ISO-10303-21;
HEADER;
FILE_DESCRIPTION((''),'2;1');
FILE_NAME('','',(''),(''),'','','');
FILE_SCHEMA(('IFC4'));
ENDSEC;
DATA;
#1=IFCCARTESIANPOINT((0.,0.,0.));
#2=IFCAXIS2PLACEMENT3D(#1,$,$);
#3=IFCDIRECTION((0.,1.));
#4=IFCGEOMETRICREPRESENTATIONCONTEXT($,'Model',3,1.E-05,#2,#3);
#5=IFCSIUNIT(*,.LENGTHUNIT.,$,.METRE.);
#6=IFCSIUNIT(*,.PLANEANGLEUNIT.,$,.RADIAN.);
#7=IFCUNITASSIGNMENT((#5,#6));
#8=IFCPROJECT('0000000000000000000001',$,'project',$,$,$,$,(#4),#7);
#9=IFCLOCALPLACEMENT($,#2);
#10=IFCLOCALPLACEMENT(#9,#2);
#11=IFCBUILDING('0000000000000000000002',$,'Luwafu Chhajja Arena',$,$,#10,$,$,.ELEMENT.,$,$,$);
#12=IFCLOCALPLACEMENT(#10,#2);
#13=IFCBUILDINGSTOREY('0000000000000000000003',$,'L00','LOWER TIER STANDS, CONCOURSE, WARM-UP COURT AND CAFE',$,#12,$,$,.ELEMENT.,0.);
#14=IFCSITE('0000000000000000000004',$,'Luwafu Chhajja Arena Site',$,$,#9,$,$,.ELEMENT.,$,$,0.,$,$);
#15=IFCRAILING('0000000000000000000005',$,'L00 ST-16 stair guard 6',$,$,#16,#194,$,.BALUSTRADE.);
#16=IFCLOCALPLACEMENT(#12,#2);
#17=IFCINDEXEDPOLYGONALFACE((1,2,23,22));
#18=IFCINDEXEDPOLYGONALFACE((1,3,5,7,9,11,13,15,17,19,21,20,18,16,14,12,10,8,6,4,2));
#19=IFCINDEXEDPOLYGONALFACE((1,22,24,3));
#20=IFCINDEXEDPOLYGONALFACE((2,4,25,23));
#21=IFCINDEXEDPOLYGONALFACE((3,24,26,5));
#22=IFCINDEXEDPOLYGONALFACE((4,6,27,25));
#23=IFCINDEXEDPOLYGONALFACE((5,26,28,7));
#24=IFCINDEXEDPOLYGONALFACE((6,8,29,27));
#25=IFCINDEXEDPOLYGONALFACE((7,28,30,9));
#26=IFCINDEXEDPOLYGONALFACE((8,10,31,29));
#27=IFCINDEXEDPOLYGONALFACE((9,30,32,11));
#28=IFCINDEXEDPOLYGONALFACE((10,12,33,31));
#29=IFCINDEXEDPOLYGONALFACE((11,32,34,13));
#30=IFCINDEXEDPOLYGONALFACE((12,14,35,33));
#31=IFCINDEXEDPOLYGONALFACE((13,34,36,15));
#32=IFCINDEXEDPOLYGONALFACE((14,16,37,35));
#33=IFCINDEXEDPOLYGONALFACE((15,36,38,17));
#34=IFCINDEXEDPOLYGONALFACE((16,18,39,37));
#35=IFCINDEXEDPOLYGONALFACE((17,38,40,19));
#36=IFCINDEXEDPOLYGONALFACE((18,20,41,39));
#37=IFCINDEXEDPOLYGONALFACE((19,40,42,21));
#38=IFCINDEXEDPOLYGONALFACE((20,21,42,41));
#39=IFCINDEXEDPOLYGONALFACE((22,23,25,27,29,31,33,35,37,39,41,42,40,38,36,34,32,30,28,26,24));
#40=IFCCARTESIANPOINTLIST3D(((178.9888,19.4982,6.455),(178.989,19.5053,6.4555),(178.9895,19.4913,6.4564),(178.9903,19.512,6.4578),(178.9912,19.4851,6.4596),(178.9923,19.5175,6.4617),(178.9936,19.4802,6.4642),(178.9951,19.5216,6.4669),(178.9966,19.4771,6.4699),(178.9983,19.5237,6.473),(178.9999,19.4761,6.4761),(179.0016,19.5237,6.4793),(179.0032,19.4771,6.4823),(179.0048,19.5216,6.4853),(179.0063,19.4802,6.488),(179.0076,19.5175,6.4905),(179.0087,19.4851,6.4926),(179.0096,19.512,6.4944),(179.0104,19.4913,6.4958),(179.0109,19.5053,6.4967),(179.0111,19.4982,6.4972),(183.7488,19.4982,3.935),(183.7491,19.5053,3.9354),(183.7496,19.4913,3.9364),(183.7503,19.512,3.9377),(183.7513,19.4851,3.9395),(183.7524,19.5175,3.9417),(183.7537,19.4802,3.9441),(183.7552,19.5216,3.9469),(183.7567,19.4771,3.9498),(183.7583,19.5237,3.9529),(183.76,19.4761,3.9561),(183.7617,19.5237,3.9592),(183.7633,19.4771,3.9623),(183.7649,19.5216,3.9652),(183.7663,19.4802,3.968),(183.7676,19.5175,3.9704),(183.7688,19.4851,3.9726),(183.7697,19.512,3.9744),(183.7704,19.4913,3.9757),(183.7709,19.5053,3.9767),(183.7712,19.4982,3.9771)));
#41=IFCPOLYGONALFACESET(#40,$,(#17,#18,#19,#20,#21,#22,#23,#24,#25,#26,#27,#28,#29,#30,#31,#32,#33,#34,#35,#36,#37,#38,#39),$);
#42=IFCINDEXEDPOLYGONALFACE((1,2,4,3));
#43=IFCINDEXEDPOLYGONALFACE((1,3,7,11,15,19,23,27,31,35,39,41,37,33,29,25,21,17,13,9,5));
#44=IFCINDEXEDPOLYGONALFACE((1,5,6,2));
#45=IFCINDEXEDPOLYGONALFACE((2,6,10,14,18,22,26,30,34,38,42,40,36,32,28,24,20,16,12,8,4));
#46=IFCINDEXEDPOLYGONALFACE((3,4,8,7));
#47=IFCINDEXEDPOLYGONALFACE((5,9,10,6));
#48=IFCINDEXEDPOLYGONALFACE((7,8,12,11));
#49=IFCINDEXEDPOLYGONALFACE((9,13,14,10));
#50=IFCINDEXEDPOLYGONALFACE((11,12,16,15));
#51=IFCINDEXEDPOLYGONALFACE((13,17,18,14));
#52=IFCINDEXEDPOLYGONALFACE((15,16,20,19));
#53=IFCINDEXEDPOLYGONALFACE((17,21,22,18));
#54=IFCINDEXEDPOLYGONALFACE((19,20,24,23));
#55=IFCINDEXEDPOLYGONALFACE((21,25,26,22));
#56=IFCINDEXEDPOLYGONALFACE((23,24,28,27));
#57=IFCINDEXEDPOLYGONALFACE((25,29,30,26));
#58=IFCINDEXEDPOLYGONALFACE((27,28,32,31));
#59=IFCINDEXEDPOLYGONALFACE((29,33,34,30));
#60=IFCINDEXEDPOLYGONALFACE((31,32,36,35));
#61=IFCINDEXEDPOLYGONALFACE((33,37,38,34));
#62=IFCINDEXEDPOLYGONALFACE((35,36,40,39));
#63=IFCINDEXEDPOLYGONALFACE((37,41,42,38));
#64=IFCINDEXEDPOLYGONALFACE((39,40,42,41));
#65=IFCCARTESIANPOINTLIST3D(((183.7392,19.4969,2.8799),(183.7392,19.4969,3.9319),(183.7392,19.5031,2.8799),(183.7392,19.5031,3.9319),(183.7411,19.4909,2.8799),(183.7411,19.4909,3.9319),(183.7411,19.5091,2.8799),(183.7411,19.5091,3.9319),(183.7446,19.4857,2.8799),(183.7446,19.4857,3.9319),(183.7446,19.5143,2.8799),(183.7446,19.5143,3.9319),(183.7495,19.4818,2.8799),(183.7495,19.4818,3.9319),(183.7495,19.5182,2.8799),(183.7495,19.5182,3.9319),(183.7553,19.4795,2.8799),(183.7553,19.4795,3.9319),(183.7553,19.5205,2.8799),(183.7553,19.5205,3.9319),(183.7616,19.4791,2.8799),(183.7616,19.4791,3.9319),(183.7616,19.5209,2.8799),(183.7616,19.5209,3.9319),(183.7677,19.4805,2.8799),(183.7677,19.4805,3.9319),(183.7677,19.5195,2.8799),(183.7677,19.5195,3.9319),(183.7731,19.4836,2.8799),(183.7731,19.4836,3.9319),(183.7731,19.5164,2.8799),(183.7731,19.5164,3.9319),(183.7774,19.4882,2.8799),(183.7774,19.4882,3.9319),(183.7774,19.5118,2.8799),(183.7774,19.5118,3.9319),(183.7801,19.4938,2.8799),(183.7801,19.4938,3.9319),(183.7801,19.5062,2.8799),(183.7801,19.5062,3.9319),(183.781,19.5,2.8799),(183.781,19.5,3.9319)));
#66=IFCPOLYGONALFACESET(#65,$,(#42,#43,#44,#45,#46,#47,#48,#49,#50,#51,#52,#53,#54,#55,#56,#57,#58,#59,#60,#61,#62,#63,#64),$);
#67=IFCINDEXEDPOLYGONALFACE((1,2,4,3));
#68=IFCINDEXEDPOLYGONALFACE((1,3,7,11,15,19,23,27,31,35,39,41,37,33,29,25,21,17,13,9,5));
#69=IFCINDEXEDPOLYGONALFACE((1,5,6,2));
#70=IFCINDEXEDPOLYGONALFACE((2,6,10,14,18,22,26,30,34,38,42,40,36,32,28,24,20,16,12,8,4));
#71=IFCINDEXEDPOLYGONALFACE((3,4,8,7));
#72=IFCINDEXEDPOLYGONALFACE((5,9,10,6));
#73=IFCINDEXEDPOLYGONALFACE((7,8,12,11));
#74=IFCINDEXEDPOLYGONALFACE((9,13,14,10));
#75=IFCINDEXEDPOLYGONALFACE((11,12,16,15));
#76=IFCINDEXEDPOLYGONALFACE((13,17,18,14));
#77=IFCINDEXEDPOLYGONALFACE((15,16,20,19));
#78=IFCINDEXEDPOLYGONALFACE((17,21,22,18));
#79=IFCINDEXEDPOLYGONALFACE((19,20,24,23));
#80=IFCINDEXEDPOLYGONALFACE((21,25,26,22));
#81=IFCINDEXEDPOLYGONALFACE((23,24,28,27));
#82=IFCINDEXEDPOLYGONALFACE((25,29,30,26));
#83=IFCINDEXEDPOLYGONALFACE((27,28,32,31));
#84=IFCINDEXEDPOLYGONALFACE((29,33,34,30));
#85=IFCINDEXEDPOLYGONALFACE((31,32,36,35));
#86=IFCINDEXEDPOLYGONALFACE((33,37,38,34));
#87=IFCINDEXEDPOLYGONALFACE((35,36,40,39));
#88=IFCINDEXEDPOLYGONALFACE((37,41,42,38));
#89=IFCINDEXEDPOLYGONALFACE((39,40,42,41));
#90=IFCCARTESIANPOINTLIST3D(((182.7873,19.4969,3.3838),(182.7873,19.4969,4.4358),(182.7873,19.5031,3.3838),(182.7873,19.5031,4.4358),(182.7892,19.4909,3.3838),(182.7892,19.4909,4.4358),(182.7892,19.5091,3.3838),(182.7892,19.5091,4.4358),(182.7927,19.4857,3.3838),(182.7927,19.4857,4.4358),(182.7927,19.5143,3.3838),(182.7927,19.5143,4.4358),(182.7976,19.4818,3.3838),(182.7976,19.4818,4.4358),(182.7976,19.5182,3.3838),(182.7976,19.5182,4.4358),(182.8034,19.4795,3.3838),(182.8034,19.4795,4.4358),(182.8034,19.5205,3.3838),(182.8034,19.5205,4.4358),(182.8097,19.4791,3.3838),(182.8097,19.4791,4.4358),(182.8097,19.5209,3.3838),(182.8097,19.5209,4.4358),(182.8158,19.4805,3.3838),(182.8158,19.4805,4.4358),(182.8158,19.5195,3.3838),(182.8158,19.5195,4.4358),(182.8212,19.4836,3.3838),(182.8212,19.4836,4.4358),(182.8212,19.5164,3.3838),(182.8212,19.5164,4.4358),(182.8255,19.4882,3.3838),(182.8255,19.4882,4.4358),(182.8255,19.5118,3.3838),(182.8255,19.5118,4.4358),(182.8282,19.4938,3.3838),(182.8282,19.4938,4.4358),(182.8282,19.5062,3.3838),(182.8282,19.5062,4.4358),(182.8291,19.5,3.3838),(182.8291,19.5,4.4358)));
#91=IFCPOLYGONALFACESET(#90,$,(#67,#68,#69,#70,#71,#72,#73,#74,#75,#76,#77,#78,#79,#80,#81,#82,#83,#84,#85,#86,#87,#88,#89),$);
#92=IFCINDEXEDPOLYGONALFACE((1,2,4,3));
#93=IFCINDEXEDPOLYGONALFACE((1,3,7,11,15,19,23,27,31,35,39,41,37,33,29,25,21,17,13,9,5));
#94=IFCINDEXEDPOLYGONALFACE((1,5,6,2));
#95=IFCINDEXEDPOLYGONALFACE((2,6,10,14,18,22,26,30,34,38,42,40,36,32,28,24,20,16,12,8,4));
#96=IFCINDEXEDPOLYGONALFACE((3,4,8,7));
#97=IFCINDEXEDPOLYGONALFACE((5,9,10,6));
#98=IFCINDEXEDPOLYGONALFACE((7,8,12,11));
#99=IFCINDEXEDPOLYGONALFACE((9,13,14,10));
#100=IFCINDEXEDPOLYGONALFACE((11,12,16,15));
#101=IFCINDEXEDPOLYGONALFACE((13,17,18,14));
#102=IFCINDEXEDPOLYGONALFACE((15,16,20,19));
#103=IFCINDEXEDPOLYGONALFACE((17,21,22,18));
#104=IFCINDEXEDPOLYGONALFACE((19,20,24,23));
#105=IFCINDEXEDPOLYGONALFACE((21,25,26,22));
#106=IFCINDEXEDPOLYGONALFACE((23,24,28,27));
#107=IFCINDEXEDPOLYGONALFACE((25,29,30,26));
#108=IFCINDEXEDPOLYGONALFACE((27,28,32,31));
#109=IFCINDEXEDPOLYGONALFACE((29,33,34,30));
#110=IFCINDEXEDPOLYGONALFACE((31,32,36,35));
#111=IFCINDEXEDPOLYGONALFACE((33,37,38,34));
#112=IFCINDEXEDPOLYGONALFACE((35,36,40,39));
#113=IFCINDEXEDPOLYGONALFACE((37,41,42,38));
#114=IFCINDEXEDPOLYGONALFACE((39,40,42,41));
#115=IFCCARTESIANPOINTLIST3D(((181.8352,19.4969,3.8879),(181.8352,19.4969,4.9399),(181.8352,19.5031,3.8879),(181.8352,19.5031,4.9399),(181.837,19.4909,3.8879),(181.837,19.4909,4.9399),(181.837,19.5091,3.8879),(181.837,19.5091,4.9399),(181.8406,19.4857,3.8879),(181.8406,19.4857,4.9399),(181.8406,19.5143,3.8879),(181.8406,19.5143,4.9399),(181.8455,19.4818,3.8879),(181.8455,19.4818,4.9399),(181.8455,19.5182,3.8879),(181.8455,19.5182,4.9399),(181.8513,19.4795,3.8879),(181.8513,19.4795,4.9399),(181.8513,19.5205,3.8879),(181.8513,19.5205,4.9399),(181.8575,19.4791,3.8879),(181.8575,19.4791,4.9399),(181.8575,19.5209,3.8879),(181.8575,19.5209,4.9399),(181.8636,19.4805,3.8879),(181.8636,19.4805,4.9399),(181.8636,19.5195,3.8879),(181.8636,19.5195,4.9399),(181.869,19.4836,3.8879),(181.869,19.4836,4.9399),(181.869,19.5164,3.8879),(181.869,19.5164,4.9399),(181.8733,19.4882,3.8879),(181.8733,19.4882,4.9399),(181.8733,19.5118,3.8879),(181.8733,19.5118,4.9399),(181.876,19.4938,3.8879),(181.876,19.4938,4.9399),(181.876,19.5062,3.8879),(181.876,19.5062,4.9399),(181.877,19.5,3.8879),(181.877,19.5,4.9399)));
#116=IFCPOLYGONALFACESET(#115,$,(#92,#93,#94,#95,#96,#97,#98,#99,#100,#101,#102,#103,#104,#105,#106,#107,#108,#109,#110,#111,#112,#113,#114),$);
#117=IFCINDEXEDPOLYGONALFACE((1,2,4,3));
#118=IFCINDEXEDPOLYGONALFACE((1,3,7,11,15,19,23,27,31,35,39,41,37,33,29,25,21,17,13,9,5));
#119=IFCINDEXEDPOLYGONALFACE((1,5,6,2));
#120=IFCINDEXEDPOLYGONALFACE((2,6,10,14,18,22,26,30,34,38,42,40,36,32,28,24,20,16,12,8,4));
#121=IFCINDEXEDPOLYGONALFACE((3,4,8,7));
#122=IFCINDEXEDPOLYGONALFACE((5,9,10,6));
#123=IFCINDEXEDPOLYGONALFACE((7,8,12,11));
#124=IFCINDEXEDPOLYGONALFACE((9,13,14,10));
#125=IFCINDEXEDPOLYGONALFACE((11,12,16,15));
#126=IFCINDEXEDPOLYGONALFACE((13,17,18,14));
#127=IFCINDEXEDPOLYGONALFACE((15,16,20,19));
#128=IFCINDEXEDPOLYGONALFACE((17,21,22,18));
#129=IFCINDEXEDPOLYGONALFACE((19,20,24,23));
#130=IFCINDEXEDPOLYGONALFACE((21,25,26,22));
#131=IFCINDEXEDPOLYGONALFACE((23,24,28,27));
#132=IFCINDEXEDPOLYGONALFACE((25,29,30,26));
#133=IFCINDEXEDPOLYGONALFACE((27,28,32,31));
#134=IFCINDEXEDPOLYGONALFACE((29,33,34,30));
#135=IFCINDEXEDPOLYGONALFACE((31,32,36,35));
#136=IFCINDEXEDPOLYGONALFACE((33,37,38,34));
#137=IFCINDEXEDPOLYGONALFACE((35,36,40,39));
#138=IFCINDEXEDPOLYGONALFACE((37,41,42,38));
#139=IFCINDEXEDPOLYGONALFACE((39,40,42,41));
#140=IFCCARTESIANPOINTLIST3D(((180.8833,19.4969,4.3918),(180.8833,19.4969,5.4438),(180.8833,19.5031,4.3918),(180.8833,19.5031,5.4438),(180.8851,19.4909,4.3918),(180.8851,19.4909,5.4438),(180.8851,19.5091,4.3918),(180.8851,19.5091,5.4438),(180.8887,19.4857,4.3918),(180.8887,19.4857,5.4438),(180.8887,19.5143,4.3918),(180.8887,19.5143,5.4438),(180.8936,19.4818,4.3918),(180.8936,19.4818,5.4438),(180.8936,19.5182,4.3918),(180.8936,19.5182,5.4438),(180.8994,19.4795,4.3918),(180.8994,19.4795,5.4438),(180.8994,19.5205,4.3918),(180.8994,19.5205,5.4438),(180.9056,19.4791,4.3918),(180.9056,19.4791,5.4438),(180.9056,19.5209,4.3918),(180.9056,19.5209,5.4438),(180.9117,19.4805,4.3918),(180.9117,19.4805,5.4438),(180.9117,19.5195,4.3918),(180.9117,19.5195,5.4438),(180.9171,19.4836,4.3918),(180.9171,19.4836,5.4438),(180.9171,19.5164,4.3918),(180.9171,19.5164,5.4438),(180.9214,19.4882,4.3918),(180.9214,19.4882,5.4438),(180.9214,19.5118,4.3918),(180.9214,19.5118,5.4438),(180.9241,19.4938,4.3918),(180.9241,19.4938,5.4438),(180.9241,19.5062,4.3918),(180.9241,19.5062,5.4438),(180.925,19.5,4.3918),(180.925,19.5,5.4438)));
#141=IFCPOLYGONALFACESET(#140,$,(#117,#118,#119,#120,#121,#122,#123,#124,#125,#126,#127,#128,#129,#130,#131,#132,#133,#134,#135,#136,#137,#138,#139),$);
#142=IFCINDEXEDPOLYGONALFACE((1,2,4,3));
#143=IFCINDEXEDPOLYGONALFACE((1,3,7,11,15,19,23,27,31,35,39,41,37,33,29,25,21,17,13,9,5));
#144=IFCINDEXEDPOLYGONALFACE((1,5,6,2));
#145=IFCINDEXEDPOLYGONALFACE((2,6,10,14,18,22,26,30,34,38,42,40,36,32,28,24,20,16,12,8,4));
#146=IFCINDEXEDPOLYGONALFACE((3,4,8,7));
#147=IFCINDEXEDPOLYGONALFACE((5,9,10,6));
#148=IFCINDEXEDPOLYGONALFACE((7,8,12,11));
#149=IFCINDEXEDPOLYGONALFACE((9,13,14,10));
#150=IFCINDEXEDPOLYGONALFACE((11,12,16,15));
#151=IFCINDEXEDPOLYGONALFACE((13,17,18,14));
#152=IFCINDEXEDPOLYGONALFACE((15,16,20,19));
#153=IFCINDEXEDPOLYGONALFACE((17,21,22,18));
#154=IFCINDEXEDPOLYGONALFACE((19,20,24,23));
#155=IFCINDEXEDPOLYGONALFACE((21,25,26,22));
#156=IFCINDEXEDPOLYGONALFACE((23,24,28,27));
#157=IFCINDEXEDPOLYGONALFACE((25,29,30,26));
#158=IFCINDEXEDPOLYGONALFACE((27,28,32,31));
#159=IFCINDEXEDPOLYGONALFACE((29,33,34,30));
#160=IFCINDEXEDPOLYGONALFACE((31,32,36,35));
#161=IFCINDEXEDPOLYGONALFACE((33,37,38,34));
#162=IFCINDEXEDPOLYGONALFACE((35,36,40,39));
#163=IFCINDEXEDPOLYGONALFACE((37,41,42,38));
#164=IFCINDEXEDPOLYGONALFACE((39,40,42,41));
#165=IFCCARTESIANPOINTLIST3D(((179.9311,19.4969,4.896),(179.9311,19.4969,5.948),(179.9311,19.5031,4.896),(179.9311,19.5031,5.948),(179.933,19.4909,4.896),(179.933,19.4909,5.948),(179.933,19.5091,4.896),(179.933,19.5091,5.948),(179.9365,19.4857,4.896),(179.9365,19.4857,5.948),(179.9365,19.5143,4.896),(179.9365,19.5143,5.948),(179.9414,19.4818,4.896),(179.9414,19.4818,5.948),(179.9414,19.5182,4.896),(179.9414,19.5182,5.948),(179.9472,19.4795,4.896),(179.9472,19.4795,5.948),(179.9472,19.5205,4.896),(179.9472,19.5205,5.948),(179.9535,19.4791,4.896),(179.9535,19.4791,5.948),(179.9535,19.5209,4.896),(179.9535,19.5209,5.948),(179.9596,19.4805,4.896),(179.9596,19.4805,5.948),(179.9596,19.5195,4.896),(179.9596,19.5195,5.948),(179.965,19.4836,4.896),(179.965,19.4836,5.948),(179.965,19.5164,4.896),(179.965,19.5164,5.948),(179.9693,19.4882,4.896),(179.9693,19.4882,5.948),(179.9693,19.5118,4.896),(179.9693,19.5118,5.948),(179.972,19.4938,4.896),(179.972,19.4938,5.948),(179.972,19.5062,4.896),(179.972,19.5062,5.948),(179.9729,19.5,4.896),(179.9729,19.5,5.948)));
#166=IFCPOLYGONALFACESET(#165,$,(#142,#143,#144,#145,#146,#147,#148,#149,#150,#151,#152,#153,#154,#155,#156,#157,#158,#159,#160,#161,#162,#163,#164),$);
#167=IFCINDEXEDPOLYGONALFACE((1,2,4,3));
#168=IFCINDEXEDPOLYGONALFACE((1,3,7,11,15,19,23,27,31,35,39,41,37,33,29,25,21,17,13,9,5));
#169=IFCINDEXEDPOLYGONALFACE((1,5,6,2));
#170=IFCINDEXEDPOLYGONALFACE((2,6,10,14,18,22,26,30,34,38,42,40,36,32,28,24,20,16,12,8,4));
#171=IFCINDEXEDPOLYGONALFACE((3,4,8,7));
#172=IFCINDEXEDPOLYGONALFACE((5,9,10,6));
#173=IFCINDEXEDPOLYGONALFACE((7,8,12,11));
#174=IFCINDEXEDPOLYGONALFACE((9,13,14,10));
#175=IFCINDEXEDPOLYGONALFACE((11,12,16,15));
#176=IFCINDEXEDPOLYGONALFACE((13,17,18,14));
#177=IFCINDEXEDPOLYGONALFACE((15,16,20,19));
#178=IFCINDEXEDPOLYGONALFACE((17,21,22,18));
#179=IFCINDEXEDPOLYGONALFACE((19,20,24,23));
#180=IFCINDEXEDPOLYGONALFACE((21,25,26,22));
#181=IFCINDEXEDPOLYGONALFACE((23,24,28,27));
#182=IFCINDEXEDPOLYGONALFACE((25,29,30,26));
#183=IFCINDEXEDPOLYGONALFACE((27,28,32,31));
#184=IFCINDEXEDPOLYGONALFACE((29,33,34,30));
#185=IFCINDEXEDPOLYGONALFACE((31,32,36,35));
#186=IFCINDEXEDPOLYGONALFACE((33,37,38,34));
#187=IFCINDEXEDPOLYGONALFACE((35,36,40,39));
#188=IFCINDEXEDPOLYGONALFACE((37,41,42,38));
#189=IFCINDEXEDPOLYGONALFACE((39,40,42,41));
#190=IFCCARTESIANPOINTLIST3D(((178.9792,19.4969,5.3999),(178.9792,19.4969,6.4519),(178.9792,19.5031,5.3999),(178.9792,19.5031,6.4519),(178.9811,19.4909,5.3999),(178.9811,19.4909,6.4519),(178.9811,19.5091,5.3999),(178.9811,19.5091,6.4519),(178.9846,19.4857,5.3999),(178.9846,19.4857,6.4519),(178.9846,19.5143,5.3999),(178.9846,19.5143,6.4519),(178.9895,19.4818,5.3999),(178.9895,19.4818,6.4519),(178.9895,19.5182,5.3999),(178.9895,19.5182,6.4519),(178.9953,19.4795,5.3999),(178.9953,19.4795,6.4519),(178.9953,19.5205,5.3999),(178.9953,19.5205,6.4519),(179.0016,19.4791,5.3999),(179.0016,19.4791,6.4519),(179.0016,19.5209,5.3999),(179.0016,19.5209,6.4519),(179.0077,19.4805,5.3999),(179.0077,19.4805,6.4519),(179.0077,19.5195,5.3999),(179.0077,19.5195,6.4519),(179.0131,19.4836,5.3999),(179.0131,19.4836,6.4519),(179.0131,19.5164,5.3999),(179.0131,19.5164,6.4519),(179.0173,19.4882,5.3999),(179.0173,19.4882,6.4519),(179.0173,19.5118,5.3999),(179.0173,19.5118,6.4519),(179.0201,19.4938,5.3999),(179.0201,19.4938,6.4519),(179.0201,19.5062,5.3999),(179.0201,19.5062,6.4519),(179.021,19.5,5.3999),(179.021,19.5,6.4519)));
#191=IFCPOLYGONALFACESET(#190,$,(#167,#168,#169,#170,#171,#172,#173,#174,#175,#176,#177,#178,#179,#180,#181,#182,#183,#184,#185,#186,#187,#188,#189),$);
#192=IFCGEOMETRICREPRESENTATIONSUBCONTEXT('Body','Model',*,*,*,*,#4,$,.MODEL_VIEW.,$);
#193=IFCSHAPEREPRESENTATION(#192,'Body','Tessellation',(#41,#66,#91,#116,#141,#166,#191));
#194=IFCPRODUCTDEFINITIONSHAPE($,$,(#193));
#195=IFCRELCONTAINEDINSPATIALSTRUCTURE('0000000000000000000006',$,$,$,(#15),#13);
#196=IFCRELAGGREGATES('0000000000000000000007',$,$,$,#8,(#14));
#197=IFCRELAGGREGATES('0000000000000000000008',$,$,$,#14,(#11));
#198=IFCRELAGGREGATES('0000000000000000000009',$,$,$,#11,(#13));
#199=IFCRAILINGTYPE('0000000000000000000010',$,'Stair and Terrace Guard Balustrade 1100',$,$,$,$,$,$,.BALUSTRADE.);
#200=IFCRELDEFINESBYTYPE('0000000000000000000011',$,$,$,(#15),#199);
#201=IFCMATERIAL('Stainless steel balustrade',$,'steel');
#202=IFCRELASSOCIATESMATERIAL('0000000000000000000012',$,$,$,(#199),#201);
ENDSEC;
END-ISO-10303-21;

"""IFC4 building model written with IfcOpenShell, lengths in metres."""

from ifc_helpers import new_model, si_unit, direction, frame, origin, origin_2d, place, context, subcontext, project, spatial, circle, extrude, material, type_object, element, save


model = new_model("IFC4")

# Units and contexts
model_context = context("Model", 3, precision=1e-05, world=origin(), true_north=direction((0.0, 1.0)))
body_context = subcontext(model_context, "Body", "Model", "MODEL_VIEW")
ifc_project = project(units=[si_unit("LENGTHUNIT", "METRE"), si_unit("PLANEANGLEUNIT", "RADIAN")], contexts=[model_context])

# Site, building, storey
site_placement = place(None, origin())
site = spatial("IfcSite", under=ifc_project, at=site_placement, Name="Luwafu Chhajja Arena Site", CompositionType="ELEMENT", RefElevation=0.0)
building_placement = place(site_placement, origin())
building = spatial("IfcBuilding", under=site, at=building_placement, Name="Luwafu Chhajja Arena", CompositionType="ELEMENT")
storey_placement = place(building_placement, origin())
storey = spatial("IfcBuildingStorey", under=building, at=storey_placement, Name="L00", Description="LOWER TIER STANDS, CONCOURSE, WARM-UP COURT AND CAFE", CompositionType="ELEMENT", Elevation=0.0)

# Railing
ifc_material_1 = material(Name="Stainless steel balustrade", Category="steel")
railing_type_1 = type_object("IfcRailingType", Name="Stair and Terrace Guard Balustrade 1100", PredefinedType="BALUSTRADE", material=ifc_material_1)
railing_1_placement = place(storey_placement, frame((183.76, 19.5, 2.8799)))
element("IfcRailing", 1, at=railing_1_placement, inside=storey, type_object=railing_type_1, Name="L00 ST-16 stair guard 6", PredefinedType="BALUSTRADE", context=body_context, shape_type="SweptSolid", body=[
    extrude(circle(Radius=0.0239, at=origin_2d()), frame((0.0, 0.0, 1.0762), z_axis=(-0.883787, 0.0, 0.46789), x_axis=(0.0, -1.0, 0.0)), (0.0, 0.0, 1.0), 5.386),
    extrude(circle(Radius=0.021, at=origin_2d()), origin(), (0.0, 0.0, 1.0), 1.052),
    extrude(circle(Radius=0.021, at=origin_2d()), frame((-0.9519, 0.0, 0.5039)), (0.0, 0.0, 1.0), 1.052),
    extrude(circle(Radius=0.021, at=origin_2d()), frame((-1.9041, 0.0, 1.0081)), (0.0, 0.0, 1.0), 1.052),
    extrude(circle(Radius=0.021, at=origin_2d()), frame((-2.856, 0.0, 1.512)), (0.0, 0.0, 1.0), 1.052),
    extrude(circle(Radius=0.021, at=origin_2d()), frame((-3.8081, 0.0, 2.0161)), (0.0, 0.0, 1.0), 1.052),
    extrude(circle(Radius=0.021, at=origin_2d()), frame((-4.76, 0.0, 2.52)), (0.0, 0.0, 1.0), 1.052),
])

save(model, "model.ifc")
